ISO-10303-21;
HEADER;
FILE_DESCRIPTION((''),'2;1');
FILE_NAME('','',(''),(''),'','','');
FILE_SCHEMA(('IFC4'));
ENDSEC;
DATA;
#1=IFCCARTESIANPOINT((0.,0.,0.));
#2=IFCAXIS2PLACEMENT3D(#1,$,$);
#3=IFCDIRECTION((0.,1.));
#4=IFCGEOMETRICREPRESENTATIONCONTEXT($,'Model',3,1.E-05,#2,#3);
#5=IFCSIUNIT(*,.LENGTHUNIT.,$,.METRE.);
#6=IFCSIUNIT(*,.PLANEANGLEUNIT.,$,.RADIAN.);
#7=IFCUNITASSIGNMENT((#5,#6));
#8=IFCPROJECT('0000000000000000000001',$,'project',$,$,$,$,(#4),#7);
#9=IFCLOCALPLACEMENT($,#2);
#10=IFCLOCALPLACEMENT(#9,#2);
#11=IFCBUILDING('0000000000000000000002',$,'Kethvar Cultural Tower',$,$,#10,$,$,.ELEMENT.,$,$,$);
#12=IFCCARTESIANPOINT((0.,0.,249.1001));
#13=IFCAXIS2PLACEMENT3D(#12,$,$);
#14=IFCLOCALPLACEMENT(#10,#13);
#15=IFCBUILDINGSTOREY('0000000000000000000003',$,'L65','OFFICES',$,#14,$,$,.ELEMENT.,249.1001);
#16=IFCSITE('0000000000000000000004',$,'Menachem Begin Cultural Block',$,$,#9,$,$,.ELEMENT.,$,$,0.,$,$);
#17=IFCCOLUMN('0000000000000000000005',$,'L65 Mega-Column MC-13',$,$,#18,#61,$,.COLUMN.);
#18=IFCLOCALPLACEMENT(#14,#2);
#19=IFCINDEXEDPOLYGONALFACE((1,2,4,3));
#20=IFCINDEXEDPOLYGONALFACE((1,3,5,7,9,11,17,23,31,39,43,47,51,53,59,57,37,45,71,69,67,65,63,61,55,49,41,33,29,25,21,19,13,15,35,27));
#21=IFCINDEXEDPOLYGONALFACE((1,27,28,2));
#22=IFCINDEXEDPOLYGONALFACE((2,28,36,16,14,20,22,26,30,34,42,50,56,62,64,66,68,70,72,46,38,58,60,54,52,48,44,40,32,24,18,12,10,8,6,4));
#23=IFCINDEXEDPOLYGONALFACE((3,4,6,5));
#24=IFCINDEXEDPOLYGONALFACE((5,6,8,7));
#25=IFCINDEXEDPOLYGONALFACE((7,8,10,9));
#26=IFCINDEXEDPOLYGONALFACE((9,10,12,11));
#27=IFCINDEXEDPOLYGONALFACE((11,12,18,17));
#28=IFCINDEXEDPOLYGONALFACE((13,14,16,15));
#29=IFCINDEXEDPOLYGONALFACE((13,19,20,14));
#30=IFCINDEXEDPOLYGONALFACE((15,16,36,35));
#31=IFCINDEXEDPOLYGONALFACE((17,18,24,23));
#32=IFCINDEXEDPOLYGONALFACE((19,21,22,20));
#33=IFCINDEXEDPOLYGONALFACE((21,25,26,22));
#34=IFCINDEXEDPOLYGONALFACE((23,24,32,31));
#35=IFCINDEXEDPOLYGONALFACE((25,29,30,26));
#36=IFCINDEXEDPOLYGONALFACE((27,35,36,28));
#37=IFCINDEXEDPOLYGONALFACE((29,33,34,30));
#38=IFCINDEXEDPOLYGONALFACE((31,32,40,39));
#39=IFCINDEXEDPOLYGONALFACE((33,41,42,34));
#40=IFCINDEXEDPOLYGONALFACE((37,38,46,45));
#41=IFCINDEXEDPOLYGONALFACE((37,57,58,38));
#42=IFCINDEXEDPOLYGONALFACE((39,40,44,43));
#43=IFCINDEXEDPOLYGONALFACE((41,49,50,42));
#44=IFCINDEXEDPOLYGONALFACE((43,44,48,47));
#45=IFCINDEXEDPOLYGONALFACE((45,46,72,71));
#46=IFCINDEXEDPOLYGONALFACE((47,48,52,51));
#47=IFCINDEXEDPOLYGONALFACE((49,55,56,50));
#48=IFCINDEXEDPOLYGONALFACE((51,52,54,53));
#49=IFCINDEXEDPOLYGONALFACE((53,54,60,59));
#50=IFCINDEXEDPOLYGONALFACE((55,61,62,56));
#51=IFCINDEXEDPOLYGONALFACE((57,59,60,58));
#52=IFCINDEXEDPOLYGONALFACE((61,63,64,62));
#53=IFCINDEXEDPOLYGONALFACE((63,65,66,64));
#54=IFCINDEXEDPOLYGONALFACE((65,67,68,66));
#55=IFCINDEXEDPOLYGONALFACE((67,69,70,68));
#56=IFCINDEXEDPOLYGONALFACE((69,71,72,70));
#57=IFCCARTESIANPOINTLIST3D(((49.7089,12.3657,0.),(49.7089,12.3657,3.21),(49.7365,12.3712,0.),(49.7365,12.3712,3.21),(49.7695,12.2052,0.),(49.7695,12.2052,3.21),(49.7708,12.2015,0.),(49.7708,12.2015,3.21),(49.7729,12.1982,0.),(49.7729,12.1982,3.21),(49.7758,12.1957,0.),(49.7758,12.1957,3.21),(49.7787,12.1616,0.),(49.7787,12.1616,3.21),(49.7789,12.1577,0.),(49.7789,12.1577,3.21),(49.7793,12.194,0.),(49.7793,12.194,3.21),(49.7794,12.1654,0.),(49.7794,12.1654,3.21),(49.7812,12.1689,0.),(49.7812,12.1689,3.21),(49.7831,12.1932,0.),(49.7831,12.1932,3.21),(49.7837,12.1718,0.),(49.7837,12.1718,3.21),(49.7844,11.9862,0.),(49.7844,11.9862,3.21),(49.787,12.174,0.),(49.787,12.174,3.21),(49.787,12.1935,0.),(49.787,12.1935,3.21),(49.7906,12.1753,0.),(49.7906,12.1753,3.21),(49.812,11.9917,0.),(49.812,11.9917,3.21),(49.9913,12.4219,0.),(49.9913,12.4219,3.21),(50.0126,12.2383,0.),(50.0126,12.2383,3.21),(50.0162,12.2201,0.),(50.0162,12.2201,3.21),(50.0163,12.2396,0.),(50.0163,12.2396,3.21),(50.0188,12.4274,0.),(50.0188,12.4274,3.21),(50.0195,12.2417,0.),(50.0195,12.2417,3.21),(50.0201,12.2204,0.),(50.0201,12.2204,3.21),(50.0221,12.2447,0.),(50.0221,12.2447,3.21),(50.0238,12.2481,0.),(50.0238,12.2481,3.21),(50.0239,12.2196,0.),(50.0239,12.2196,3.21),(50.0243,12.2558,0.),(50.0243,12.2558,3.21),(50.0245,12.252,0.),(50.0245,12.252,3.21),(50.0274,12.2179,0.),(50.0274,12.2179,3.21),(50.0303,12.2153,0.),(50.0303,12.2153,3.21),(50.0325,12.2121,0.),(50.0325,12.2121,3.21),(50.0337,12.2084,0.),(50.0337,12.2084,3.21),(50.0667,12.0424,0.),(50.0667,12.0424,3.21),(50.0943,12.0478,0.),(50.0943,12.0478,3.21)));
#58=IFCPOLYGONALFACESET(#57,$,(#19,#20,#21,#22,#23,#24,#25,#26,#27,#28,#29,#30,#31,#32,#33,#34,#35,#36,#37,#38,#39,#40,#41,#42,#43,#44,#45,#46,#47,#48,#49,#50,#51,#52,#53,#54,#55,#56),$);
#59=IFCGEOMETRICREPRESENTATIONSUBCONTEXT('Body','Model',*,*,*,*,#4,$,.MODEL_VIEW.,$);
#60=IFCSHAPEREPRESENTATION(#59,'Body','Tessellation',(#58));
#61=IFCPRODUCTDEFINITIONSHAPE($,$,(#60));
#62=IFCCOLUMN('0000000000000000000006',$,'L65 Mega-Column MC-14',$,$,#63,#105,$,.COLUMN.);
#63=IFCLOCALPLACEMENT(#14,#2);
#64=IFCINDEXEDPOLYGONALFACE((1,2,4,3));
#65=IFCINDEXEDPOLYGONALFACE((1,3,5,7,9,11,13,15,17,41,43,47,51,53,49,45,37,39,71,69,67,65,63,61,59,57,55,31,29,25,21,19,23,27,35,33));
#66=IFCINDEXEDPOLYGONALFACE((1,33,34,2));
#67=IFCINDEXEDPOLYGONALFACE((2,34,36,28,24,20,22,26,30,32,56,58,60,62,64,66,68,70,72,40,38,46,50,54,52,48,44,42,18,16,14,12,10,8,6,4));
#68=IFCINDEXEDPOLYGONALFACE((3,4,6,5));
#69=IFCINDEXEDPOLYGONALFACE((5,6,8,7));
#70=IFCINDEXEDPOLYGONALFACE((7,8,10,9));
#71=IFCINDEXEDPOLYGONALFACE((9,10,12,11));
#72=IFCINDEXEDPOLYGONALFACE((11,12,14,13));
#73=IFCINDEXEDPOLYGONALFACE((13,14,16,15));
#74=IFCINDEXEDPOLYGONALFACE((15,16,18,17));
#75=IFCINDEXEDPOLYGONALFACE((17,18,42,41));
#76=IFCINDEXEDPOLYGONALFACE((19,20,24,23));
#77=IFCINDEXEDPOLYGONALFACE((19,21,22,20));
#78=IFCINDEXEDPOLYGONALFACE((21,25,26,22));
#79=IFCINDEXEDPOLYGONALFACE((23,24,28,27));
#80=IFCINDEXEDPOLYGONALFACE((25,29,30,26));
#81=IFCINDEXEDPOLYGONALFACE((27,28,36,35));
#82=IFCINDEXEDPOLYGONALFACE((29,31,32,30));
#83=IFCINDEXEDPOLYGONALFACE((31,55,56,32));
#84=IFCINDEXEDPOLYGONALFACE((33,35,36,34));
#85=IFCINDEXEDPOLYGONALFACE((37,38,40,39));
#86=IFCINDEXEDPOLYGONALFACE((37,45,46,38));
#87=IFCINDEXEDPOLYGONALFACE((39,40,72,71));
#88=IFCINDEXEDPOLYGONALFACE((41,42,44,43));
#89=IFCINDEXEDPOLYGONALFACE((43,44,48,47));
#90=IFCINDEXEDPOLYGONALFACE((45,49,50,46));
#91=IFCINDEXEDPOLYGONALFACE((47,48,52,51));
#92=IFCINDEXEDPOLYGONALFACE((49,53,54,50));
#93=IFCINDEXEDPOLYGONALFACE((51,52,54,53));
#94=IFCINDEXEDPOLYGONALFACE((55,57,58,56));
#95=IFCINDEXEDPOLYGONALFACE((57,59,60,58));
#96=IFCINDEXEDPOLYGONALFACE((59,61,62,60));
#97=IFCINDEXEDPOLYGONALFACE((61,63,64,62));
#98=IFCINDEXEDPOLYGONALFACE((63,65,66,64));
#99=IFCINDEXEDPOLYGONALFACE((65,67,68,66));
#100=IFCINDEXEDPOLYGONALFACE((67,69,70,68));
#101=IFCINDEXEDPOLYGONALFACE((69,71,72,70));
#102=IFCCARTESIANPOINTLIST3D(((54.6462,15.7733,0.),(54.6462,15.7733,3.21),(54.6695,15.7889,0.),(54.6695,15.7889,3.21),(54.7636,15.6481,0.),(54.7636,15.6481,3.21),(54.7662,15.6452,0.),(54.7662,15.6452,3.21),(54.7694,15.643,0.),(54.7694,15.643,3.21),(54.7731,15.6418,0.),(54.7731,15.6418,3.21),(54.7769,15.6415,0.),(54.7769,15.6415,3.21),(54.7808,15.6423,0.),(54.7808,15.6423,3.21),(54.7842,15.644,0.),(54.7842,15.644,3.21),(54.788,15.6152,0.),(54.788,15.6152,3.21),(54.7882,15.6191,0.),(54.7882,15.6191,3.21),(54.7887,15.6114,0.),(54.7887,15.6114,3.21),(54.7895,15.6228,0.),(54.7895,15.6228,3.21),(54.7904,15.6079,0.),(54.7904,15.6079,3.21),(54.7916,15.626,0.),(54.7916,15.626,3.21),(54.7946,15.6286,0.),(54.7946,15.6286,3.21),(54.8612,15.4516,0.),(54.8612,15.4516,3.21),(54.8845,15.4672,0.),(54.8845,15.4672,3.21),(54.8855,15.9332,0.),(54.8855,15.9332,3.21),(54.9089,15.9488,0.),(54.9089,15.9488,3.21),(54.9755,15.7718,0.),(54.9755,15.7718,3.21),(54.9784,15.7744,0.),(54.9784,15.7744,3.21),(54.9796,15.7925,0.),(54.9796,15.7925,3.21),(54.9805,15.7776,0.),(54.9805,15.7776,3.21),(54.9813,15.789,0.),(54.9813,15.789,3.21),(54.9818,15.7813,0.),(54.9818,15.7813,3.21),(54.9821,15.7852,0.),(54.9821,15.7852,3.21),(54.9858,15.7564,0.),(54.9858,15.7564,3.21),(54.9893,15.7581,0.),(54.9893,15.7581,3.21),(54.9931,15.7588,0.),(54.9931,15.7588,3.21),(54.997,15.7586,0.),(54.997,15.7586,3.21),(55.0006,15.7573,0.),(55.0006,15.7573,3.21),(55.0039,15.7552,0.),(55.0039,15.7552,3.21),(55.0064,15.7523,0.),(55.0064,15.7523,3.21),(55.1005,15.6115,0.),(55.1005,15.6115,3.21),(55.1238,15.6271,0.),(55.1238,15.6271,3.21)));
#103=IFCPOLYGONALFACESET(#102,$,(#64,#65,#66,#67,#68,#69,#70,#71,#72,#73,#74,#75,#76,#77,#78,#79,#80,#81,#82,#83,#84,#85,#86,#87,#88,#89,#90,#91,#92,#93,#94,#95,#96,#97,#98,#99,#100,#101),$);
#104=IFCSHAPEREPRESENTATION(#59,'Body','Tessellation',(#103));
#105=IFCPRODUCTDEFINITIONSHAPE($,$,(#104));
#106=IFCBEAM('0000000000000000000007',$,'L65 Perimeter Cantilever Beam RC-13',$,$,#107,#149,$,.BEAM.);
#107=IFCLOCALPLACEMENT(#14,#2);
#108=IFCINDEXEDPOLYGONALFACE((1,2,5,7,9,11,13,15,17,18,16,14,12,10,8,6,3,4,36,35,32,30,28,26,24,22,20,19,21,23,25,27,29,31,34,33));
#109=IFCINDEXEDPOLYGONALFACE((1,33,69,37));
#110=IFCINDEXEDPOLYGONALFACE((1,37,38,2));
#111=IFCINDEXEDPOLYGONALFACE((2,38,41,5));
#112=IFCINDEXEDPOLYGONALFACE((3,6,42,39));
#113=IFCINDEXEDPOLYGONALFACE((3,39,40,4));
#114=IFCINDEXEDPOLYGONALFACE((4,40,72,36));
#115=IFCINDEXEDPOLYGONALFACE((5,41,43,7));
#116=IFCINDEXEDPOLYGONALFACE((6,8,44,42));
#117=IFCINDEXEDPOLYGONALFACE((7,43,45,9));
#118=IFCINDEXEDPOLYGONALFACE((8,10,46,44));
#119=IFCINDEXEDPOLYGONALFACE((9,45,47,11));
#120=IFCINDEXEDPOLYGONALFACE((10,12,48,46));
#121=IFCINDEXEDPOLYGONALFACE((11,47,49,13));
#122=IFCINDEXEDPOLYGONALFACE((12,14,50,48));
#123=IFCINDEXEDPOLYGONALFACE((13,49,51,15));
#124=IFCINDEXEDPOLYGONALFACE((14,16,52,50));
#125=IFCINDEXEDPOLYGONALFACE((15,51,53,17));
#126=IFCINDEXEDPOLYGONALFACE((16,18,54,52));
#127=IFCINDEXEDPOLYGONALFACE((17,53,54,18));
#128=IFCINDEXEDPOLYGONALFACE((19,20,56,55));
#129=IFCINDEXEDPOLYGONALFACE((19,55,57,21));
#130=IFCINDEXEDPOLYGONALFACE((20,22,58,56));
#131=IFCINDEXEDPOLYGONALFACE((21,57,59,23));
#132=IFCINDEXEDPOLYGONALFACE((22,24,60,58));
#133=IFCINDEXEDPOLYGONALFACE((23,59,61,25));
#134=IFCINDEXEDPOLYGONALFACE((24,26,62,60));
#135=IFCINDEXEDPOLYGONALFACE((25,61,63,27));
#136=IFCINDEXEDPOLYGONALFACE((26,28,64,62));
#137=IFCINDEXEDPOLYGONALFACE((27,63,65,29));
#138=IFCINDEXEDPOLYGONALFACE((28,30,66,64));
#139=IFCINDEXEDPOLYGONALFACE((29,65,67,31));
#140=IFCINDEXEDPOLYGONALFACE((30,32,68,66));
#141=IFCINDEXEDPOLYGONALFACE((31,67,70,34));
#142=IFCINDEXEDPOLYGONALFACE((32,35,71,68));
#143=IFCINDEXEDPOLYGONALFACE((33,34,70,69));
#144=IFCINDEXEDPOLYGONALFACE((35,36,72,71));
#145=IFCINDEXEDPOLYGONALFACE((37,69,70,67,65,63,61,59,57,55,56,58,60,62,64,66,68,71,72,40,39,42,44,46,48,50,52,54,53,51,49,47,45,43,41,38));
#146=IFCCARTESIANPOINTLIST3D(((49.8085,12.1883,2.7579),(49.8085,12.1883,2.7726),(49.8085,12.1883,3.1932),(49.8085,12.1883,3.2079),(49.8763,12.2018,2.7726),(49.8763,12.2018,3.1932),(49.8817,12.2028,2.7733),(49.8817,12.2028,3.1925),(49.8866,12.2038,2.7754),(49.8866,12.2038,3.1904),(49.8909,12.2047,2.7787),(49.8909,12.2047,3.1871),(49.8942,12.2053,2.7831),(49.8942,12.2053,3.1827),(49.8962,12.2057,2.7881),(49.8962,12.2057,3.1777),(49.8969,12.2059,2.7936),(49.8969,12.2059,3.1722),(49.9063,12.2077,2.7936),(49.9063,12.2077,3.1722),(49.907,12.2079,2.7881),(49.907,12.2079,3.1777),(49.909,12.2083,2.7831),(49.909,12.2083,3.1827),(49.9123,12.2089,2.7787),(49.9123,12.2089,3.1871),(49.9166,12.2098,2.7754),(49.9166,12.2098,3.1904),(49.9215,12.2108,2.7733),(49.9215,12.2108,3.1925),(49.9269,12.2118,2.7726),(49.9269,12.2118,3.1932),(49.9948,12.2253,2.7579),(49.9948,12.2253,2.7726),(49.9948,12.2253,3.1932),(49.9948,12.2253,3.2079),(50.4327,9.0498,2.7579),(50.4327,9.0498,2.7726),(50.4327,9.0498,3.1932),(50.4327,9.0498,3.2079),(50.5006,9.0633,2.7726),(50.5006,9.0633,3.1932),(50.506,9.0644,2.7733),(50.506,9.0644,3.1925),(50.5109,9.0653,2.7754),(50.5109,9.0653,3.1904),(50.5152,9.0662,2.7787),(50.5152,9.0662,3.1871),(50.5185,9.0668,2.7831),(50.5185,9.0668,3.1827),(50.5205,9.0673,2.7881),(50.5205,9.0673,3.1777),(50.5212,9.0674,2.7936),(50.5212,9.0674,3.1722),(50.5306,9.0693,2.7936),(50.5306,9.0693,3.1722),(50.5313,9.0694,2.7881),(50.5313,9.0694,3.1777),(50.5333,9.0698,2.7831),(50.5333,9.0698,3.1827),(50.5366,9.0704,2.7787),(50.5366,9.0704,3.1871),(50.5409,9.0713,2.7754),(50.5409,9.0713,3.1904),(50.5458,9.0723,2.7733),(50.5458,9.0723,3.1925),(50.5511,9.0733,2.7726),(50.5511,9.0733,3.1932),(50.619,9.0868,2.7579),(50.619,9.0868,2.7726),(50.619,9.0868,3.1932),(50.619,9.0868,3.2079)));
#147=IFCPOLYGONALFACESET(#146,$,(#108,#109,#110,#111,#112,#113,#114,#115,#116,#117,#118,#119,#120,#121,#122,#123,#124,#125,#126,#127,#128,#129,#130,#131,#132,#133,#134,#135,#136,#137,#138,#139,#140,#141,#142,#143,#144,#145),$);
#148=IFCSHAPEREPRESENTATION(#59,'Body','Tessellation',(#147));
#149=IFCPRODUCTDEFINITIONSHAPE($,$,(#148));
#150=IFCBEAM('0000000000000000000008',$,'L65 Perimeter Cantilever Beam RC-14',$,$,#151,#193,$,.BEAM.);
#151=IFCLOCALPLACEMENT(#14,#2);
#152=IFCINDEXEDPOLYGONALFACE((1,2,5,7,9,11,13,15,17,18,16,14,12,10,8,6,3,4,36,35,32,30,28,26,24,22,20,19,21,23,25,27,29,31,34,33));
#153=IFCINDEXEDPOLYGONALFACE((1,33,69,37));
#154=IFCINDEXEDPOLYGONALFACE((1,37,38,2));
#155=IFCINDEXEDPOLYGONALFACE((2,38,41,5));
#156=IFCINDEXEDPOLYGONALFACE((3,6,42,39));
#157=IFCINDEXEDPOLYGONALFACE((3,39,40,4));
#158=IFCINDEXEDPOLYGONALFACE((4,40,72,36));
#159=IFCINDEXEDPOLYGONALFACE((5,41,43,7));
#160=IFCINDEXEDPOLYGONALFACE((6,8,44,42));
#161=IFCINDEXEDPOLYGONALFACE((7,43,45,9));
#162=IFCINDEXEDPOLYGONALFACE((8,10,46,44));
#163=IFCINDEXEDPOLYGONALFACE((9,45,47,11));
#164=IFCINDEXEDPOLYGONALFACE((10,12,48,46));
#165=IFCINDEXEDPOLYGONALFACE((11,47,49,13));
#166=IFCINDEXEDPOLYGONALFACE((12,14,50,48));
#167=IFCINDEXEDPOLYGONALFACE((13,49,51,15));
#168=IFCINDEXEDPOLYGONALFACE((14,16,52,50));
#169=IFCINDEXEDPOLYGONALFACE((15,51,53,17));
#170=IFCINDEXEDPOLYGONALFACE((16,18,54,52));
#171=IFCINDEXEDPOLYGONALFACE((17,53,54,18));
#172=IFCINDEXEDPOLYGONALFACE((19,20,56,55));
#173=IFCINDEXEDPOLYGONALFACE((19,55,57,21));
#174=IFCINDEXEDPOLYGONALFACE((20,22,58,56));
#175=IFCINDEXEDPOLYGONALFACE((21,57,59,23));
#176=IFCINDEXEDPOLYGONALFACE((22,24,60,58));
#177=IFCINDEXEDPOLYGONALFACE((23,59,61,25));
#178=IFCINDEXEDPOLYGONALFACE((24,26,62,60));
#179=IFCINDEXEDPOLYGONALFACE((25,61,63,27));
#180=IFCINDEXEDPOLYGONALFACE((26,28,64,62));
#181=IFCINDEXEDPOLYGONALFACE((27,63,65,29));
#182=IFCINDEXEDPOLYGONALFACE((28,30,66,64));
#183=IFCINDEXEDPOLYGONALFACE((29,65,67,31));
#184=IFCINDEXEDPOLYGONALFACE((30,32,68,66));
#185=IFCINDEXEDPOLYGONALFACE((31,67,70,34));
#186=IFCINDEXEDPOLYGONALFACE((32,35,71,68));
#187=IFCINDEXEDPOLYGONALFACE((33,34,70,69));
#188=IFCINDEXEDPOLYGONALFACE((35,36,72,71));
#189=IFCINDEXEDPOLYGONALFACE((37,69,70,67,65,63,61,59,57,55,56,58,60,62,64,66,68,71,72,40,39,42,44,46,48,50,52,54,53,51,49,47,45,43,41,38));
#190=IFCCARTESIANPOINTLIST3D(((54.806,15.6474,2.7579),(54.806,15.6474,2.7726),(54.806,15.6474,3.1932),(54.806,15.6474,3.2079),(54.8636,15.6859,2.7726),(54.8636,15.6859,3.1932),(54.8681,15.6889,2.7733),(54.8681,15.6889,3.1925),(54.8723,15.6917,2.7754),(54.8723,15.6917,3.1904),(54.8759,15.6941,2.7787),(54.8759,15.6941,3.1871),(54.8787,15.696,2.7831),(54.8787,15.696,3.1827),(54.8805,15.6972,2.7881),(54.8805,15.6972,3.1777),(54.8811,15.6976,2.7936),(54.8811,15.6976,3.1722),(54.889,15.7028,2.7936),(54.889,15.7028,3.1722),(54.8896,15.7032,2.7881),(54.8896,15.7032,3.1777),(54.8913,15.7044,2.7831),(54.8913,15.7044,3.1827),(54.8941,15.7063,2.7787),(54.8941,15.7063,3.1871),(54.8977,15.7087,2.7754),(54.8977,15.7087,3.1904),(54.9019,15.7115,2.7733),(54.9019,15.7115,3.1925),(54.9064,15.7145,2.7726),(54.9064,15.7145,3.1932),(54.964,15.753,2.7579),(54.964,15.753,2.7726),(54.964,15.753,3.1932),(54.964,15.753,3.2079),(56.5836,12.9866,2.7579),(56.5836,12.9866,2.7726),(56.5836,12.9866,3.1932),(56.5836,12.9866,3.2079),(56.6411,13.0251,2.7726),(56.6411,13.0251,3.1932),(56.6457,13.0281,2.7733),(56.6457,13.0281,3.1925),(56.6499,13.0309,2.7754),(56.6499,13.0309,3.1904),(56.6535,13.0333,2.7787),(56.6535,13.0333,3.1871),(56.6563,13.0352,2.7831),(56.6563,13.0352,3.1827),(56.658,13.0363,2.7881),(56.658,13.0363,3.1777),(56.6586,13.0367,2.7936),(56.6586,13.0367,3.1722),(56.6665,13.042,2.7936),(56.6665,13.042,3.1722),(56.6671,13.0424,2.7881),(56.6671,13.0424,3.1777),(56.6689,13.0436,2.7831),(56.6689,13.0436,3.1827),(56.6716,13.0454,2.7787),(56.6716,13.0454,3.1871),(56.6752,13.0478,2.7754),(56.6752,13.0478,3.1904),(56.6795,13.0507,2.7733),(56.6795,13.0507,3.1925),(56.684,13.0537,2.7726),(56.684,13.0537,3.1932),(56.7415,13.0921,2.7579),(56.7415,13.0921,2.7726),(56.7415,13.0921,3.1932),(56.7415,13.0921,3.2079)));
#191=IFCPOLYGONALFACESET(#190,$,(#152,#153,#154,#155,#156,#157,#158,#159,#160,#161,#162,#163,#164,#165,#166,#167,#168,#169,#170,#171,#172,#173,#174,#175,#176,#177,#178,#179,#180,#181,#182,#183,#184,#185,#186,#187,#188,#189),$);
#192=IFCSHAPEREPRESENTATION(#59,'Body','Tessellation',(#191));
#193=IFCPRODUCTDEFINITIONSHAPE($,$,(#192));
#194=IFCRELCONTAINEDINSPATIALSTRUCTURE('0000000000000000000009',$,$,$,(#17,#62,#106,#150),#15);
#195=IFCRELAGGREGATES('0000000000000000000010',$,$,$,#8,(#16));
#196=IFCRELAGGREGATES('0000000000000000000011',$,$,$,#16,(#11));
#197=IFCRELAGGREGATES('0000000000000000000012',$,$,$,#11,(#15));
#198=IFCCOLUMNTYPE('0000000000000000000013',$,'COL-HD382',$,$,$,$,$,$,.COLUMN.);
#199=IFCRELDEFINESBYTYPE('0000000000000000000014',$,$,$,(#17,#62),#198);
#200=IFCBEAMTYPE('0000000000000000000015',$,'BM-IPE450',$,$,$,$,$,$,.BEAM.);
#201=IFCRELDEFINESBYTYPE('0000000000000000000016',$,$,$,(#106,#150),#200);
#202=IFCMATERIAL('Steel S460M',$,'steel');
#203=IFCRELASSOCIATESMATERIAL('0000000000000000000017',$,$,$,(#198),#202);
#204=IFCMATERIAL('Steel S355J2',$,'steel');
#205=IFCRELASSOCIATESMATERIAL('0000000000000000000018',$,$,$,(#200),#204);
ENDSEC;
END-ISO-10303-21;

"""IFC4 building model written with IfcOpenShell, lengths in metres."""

from ifc_helpers import new_model, si_unit, direction, frame, origin, origin_2d, place, context, subcontext, project, spatial, i_section, extrude, source, transform, mapped, material, material_profile, profile_set, type_object, element, save


model = new_model("IFC4")

# Units and contexts
model_context = context("Model", 3, precision=1e-05, world=origin(), true_north=direction((0.0, 1.0)))
body_context = subcontext(model_context, "Body", "Model", "MODEL_VIEW")
ifc_project = project(units=[si_unit("LENGTHUNIT", "METRE"), si_unit("PLANEANGLEUNIT", "RADIAN")], contexts=[model_context])

# Site, building, storey
site_placement = place(None, origin())
site = spatial("IfcSite", under=ifc_project, at=site_placement, Name="Menachem Begin Cultural Block", CompositionType="ELEMENT", RefElevation=0.0)
building_placement = place(site_placement, origin())
building = spatial("IfcBuilding", under=site, at=building_placement, Name="Kethvar Cultural Tower", CompositionType="ELEMENT")
storey_placement = place(building_placement, frame((0.0, 0.0, 249.1001)))
storey = spatial("IfcBuildingStorey", under=building, at=storey_placement, Name="L65", Description="OFFICES", CompositionType="ELEMENT", Elevation=249.1001)

# Columns
ifc_material_1 = material(Name="Steel S460M", Category="steel")
ifc_material_profile_1 = material_profile(ifc_material_1, i_section(OverallWidth=0.387, OverallDepth=0.3159, WebThickness=0.0186, FlangeThickness=0.0281, FilletRadius=0.0149, at=origin_2d()), Name="Steel S460M — HD400x382")
ifc_profile_set_1 = profile_set([ifc_material_profile_1], Name="Steel S460M — HD400x382")
column_type = type_object("IfcColumnType", Name="COL-HD382", PredefinedType="COLUMN", material=ifc_profile_set_1)
shared_shape_1 = source(origin(), body_context, "Body", "SweptSolid", [
    extrude(i_section(OverallWidth=0.387, OverallDepth=0.3159, WebThickness=0.0186, FlangeThickness=0.0281, FilletRadius=0.0149, at=origin_2d()), origin(), (0.0, 0.0, 1.0), 3.21),
])
for number, where, z_axis, x_axis, name in (
    (1, (49.9016, 12.2068, 0.0), (0.0, 0.0, 1.0), (0.19509, -0.980785, 0.0), "L65 Mega-Column MC-13"),
    (2, (54.885, 15.7002, 0.0), (0.0, 0.0, 1.0), (0.55557, -0.83147, 0.0), "L65 Mega-Column MC-14"),
):
    element("IfcColumn", number, at=place(storey_placement, frame(where, z_axis=z_axis, x_axis=x_axis)), inside=storey, type_object=column_type, Name=name, PredefinedType="COLUMN", context=body_context, shape_type="MappedRepresentation", body=[
        mapped(shared_shape_1, transform((0.0, 0.0, 0.0), scale=1.0)),
    ])

# Beams
ifc_material_2 = material(Name="Steel S355J2", Category="steel")
ifc_material_profile_2 = material_profile(ifc_material_2, i_section(OverallWidth=0.1899, OverallDepth=0.45, WebThickness=0.0095, FlangeThickness=0.0146, FilletRadius=0.021, at=origin_2d()), Name="Steel S355J2 — IPE450")
ifc_profile_set_2 = profile_set([ifc_material_profile_2], Name="Steel S355J2 — IPE450")
beam_type_1 = type_object("IfcBeamType", Name="BM-IPE450", PredefinedType="BEAM", material=ifc_profile_set_2)
shared_shape_2 = source(origin(), body_context, "Body", "SweptSolid", [
    extrude(i_section(OverallWidth=0.1899, OverallDepth=0.45, WebThickness=0.0095, FlangeThickness=0.0146, FilletRadius=0.021, at=origin_2d()), origin(), (0.0, 0.0, 1.0), 3.2),
])
for number, where, z_axis, x_axis, name in (
    (3, (49.9016, 12.2068, 2.9829), (0.195089, -0.980786, 0.0), (0.980786, 0.195089, 0.0), "L65 Perimeter Cantilever Beam RC-13"),
    (4, (54.885, 15.7002, 2.9829), (0.555492, -0.831522, 0.0), (0.831522, 0.555492, 0.0), "L65 Perimeter Cantilever Beam RC-14"),
):
    element("IfcBeam", number, at=place(storey_placement, frame(where, z_axis=z_axis, x_axis=x_axis)), inside=storey, type_object=beam_type_1, Name=name, PredefinedType="BEAM", context=body_context, shape_type="MappedRepresentation", body=[
        mapped(shared_shape_2, transform((0.0, 0.0, 0.0), scale=1.0)),
    ])

save(model, "model.ifc")
